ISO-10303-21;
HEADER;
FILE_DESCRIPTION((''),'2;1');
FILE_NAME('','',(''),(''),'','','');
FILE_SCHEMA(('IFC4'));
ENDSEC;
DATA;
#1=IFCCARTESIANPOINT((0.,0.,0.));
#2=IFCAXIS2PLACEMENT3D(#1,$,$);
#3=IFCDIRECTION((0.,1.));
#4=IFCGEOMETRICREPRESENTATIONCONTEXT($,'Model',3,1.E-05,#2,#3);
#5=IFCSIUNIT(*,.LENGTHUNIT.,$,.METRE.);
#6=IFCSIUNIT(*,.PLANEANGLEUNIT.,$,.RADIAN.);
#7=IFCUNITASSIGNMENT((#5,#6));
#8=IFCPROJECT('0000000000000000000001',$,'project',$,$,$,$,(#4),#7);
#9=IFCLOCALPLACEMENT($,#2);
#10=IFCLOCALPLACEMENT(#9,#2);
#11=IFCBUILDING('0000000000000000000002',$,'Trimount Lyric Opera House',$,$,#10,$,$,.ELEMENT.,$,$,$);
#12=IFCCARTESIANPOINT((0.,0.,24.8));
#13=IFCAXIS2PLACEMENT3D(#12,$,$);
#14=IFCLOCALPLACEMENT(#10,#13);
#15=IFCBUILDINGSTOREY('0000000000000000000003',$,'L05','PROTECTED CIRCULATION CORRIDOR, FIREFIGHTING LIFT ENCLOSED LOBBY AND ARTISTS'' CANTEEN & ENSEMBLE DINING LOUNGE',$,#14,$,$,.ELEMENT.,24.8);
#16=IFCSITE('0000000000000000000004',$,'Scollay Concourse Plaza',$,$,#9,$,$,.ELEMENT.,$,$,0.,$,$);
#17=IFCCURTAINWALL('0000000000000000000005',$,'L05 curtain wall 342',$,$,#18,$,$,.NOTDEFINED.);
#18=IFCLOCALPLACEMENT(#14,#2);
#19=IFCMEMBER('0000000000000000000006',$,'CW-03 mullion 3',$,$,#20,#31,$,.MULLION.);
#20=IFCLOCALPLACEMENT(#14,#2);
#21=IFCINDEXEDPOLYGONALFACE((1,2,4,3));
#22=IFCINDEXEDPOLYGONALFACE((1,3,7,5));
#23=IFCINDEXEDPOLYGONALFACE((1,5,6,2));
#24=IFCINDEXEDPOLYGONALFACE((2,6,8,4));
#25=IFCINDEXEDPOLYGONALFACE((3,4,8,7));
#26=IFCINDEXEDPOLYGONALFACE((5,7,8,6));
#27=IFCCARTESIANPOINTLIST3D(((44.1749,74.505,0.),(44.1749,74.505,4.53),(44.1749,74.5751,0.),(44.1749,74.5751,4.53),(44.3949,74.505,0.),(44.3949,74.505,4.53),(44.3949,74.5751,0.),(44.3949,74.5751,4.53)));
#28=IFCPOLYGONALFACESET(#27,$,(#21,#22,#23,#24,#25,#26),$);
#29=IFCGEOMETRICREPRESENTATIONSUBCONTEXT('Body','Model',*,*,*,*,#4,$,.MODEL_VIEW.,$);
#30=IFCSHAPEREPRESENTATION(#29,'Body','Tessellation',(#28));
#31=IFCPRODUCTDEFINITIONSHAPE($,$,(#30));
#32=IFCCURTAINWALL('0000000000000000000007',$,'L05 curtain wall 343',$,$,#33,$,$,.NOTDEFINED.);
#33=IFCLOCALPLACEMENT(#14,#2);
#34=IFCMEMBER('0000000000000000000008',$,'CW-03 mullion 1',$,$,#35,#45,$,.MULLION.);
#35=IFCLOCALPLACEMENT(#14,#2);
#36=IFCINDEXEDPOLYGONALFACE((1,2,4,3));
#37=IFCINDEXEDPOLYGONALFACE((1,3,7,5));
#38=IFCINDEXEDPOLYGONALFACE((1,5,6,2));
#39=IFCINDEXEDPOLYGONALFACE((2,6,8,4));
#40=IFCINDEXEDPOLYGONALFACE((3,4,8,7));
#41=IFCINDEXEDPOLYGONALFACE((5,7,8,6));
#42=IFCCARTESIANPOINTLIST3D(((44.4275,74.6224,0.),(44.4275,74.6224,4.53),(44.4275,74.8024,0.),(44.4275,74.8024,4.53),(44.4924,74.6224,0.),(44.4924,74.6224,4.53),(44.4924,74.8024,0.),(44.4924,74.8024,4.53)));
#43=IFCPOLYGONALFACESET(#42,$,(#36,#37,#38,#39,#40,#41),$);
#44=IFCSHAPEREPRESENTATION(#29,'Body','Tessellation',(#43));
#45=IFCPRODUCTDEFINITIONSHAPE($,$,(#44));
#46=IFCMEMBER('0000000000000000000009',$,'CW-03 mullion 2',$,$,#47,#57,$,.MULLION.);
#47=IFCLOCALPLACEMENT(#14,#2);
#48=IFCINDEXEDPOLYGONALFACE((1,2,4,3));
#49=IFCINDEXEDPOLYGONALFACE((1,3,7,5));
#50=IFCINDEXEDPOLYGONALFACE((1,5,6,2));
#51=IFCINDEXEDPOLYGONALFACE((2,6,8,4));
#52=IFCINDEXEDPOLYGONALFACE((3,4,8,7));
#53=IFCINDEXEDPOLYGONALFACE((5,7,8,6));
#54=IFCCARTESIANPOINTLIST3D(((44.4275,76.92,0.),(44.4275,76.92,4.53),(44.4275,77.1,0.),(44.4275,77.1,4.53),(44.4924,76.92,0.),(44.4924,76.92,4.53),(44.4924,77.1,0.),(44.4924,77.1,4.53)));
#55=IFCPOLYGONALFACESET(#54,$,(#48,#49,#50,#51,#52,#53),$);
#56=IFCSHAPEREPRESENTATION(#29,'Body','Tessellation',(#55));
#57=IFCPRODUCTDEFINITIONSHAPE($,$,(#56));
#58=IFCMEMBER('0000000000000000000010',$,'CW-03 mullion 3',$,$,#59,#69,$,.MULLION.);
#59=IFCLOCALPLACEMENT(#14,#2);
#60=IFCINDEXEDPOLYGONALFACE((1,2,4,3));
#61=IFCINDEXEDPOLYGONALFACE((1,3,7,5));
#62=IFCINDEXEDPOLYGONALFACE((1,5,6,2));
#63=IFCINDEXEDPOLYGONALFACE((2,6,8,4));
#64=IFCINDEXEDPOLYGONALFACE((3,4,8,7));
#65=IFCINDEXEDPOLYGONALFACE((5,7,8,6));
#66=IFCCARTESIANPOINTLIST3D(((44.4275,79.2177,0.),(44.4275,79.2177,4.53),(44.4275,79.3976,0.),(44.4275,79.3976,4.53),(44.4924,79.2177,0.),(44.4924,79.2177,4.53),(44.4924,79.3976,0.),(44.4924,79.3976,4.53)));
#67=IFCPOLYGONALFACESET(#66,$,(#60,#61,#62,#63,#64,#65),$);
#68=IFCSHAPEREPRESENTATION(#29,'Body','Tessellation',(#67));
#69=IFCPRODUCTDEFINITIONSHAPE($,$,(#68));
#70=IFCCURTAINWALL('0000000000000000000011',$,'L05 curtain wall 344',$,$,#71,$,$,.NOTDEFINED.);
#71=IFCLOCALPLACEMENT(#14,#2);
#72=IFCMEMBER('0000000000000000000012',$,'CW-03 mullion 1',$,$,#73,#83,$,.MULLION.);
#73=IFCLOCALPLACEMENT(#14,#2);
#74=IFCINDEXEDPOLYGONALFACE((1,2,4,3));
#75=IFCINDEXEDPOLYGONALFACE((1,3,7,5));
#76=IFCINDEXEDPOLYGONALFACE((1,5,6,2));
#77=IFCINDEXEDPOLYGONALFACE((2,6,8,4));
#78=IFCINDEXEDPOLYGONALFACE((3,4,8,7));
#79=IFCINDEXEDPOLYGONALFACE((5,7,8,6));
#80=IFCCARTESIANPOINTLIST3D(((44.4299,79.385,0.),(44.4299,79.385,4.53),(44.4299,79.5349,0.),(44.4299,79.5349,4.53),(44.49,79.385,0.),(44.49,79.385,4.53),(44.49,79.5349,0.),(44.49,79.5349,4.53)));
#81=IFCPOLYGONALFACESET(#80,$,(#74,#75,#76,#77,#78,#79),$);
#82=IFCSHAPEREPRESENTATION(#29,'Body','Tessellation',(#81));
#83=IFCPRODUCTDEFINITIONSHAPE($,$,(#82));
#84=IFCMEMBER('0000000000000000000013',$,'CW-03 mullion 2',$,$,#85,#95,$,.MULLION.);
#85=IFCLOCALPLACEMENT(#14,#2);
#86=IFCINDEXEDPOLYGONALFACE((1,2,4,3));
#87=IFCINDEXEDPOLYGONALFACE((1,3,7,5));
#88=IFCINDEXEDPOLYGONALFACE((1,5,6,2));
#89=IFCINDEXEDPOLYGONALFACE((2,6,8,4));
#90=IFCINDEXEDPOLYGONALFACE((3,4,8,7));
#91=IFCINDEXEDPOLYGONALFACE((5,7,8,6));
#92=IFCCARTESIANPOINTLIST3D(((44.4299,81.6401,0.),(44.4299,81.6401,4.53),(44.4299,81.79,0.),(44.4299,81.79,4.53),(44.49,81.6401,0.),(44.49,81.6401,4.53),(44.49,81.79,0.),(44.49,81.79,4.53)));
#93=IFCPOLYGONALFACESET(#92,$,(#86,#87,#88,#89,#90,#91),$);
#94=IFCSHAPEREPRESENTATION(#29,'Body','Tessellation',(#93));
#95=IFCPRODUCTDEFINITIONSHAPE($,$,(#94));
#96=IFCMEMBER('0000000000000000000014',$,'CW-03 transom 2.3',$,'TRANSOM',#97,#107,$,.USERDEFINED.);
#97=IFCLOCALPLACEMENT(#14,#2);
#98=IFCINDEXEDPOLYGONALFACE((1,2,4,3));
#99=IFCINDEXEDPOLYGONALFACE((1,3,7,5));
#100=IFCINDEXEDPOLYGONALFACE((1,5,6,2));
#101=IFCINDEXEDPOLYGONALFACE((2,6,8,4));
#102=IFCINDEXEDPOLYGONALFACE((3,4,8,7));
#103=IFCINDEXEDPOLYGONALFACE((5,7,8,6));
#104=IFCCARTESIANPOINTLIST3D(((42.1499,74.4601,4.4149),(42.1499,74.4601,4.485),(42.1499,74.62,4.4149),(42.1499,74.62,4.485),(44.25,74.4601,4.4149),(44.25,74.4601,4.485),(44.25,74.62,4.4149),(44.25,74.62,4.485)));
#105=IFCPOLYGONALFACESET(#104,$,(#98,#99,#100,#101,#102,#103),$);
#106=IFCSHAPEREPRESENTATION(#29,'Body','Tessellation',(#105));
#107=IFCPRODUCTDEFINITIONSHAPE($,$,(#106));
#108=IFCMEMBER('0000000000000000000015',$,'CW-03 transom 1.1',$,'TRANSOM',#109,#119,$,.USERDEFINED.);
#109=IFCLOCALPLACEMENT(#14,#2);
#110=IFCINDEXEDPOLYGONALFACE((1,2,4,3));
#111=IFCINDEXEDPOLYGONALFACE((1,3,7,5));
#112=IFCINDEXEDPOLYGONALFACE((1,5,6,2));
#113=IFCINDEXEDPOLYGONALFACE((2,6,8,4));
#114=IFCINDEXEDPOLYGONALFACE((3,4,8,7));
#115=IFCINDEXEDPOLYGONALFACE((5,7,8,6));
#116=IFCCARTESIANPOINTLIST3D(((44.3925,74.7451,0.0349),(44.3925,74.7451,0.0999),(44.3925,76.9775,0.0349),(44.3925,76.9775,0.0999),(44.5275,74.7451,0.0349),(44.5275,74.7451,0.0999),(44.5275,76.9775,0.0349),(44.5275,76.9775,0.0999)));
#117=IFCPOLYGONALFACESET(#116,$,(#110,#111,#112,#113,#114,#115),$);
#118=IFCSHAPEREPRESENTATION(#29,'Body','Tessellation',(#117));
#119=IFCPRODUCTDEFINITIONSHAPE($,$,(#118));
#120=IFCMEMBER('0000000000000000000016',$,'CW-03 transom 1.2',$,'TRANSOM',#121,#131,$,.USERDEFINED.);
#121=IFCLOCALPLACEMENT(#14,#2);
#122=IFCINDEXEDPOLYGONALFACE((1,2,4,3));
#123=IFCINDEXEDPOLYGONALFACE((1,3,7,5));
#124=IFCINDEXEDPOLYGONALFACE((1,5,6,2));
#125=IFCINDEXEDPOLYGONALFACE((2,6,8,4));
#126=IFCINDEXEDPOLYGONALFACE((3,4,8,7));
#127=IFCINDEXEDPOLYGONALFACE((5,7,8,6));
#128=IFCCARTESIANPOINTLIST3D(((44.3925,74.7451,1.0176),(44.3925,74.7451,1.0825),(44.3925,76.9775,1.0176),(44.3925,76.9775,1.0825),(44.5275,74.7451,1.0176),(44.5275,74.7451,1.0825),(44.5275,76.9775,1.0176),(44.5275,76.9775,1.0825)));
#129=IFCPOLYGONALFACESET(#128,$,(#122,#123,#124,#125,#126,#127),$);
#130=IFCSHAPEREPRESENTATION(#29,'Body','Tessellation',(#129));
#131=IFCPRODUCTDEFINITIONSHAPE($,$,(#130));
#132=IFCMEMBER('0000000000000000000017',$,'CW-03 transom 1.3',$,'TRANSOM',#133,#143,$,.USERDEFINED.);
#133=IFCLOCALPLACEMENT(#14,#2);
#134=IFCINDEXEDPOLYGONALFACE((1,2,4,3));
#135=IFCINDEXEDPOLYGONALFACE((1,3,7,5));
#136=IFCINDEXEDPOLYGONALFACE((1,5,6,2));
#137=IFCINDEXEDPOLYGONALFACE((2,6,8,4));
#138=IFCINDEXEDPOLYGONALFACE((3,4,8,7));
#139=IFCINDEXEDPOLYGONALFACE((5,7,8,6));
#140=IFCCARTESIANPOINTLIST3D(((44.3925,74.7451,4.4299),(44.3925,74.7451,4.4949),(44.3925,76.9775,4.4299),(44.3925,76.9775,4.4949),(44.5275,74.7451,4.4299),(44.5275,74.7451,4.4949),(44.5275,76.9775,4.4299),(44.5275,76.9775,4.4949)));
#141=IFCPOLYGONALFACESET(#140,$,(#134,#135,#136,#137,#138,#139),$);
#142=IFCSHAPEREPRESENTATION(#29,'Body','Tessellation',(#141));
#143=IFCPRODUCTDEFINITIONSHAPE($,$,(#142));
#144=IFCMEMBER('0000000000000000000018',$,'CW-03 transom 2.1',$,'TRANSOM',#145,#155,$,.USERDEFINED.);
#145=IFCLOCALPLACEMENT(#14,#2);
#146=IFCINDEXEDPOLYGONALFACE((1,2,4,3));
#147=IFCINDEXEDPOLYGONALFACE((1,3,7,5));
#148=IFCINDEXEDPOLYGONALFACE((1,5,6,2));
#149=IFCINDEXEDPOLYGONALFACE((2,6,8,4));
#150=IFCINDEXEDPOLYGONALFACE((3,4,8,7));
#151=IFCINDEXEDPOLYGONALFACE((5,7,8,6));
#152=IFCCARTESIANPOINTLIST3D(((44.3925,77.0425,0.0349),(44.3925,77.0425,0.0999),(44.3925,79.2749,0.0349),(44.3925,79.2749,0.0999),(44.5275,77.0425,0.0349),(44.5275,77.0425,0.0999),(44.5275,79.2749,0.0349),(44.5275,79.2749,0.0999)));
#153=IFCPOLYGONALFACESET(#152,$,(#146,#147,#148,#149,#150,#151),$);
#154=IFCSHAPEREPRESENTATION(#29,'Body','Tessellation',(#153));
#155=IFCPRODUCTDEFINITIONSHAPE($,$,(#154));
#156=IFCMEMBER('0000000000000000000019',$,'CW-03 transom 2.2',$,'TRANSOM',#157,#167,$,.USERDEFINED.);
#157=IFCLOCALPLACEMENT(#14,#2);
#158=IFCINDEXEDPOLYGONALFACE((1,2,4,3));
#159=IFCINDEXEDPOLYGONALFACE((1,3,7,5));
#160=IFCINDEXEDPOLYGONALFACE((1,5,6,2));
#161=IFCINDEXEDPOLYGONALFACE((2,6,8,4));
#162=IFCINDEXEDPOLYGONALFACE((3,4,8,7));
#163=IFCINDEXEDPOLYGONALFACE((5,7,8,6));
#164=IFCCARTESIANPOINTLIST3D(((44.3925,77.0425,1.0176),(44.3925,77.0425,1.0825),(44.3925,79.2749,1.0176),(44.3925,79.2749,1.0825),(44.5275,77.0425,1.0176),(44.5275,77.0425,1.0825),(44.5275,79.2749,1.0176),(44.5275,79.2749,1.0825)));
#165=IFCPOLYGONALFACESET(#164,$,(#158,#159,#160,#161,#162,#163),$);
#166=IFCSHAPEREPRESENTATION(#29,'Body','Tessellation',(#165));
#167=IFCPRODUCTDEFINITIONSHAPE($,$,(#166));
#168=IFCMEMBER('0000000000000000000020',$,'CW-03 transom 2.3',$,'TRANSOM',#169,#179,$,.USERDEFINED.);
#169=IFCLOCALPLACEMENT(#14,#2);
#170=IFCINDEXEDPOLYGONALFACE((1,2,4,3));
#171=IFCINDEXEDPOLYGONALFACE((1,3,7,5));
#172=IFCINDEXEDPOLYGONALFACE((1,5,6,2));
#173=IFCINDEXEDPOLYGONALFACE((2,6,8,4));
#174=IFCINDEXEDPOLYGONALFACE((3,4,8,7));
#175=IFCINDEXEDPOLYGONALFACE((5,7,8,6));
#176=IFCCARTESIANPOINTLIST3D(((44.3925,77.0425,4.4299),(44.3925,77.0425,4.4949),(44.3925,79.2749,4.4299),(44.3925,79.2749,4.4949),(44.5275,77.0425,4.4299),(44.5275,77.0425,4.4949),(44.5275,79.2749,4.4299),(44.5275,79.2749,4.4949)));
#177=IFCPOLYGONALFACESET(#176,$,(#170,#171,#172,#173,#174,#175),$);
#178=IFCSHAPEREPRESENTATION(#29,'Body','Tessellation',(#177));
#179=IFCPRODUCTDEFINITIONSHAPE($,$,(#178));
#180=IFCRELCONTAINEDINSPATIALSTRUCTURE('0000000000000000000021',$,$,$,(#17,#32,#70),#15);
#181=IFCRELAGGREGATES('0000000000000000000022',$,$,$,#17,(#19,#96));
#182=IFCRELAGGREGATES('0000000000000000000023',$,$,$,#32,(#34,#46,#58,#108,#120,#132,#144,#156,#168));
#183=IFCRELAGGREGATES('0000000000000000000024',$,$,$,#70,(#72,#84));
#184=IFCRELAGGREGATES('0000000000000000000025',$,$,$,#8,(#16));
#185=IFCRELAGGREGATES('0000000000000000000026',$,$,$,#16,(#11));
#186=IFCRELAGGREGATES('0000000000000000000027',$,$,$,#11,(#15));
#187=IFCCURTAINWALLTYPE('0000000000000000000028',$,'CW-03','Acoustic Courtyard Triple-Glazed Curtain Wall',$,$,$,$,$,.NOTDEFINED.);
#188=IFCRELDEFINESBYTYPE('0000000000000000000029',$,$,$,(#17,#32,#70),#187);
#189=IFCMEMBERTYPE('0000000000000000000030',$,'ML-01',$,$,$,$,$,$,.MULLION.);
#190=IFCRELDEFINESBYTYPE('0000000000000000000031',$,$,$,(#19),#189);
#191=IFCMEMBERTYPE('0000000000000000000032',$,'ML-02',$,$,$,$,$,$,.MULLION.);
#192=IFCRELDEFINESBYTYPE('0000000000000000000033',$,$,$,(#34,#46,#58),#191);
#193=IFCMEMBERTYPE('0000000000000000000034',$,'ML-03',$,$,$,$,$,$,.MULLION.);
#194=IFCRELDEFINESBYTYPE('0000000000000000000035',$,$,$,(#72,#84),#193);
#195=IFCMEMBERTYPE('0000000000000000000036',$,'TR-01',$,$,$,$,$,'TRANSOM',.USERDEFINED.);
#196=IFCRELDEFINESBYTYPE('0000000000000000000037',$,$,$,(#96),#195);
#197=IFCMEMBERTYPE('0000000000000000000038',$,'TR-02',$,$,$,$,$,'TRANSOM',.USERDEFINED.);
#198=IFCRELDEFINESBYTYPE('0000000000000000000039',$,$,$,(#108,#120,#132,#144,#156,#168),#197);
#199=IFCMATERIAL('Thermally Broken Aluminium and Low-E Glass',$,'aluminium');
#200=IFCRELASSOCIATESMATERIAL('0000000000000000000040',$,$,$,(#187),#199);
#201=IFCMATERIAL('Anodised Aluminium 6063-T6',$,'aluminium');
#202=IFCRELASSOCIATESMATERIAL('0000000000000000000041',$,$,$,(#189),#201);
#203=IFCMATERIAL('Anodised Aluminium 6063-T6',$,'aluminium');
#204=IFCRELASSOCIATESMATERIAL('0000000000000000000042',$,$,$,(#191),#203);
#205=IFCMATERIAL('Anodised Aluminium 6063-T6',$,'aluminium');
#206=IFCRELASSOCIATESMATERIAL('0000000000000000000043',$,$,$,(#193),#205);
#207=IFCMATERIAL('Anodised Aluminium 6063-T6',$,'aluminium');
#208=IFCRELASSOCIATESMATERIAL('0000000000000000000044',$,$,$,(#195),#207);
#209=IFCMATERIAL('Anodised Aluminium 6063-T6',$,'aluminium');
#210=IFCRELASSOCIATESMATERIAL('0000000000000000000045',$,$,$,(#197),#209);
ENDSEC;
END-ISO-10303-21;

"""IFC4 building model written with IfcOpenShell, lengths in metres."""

from ifc_helpers import new_model, si_unit, direction, frame, origin, origin_2d, place, context, subcontext, project, spatial, rectangle, extrude, material, material_profile, profile_set, type_object, element, aggregate, save


model = new_model("IFC4")

# Units and contexts
model_context = context("Model", 3, precision=1e-05, world=origin(), true_north=direction((0.0, 1.0)))
body_context = subcontext(model_context, "Body", "Model", "MODEL_VIEW")
ifc_project = project(units=[si_unit("LENGTHUNIT", "METRE"), si_unit("PLANEANGLEUNIT", "RADIAN")], contexts=[model_context])

# Site, building, storey
site_placement = place(None, origin())
site = spatial("IfcSite", under=ifc_project, at=site_placement, Name="Scollay Concourse Plaza", CompositionType="ELEMENT", RefElevation=0.0)
building_placement = place(site_placement, origin())
building = spatial("IfcBuilding", under=site, at=building_placement, Name="Trimount Lyric Opera House", CompositionType="ELEMENT")
storey_placement = place(building_placement, frame((0.0, 0.0, 24.8)))
storey = spatial("IfcBuildingStorey", under=building, at=storey_placement, Name="L05", Description="PROTECTED CIRCULATION CORRIDOR, FIREFIGHTING LIFT ENCLOSED LOBBY AND ARTISTS' CANTEEN & ENSEMBLE DINING LOUNGE", CompositionType="ELEMENT", Elevation=24.8)

# Curtain wall, member
ifc_material_1 = material(Name="Thermally Broken Aluminium and Low-E Glass", Category="aluminium")
curtain_wall_type = type_object("IfcCurtainWallType", Name="CW-03", Description="Acoustic Courtyard Triple-Glazed Curtain Wall", PredefinedType="NOTDEFINED", material=ifc_material_1)
curtain_wall_1_placement = place(storey_placement, origin())
curtain_wall_1 = element("IfcCurtainWall", 1, at=curtain_wall_1_placement, inside=storey, type_object=curtain_wall_type, Name="L05 curtain wall 342", PredefinedType="NOTDEFINED")
ifc_material_2 = material(Name="Anodised Aluminium 6063-T6", Category="aluminium")
ifc_material_profile_1 = material_profile(ifc_material_2, rectangle(XDim=0.0701, YDim=0.22, at=origin_2d()), Name="ALU-MULL-70X220")
ifc_profile_set_1 = profile_set([ifc_material_profile_1], Name="Anodised Aluminium 6063-T6")
member_type_1 = type_object("IfcMemberType", Name="ML-01", PredefinedType="MULLION", material=ifc_profile_set_1)
member_1_placement = place(storey_placement, frame((44.2849, 74.54, 0.0), z_axis=(0.0, 0.0, 1.0), x_axis=(0.0, 1.0, 0.0)))
member_1 = element("IfcMember", 2, at=member_1_placement, type_object=member_type_1, Name="CW-03 mullion 3", PredefinedType="MULLION", context=body_context, shape_type="SweptSolid", body=[
    extrude(rectangle(XDim=0.0701, YDim=0.22, at=origin_2d()), origin(), (0.0, 0.0, 1.0), 4.53),
])

# Curtain walls, members
curtain_wall_2_placement = place(storey_placement, origin())
curtain_wall_2 = element("IfcCurtainWall", 3, at=curtain_wall_2_placement, inside=storey, type_object=curtain_wall_type, Name="L05 curtain wall 343", PredefinedType="NOTDEFINED")
ifc_material_3 = material(Name="Anodised Aluminium 6063-T6", Category="aluminium")
ifc_material_profile_2 = material_profile(ifc_material_3, rectangle(XDim=0.0649, YDim=0.1799, at=origin_2d()), Name="ALU-MULL-65X180")
ifc_profile_set_2 = profile_set([ifc_material_profile_2], Name="Anodised Aluminium 6063-T6")
member_type_2 = type_object("IfcMemberType", Name="ML-02", PredefinedType="MULLION", material=ifc_profile_set_2)
member_2_placement = place(storey_placement, frame((44.46, 74.7124, 0.0), z_axis=(0.0, 0.0, 1.0), x_axis=(-1.0, 0.0, 0.0)))
member_2 = element("IfcMember", 4, at=member_2_placement, type_object=member_type_2, Name="CW-03 mullion 1", PredefinedType="MULLION", context=body_context, shape_type="SweptSolid", body=[
    extrude(rectangle(XDim=0.0649, YDim=0.1799, at=origin_2d()), origin(), (0.0, 0.0, 1.0), 4.53),
])
member_3_placement = place(storey_placement, frame((44.46, 77.01, 0.0), z_axis=(0.0, 0.0, 1.0), x_axis=(-1.0, 0.0, 0.0)))
member_3 = element("IfcMember", 5, at=member_3_placement, type_object=member_type_2, Name="CW-03 mullion 2", PredefinedType="MULLION", context=body_context, shape_type="SweptSolid", body=[
    extrude(rectangle(XDim=0.0649, YDim=0.1799, at=origin_2d()), origin(), (0.0, 0.0, 1.0), 4.53),
])
member_4_placement = place(storey_placement, frame((44.46, 79.3076, 0.0), z_axis=(0.0, 0.0, 1.0), x_axis=(-1.0, 0.0, 0.0)))
member_4 = element("IfcMember", 6, at=member_4_placement, type_object=member_type_2, Name="CW-03 mullion 3", PredefinedType="MULLION", context=body_context, shape_type="SweptSolid", body=[
    extrude(rectangle(XDim=0.0649, YDim=0.1799, at=origin_2d()), origin(), (0.0, 0.0, 1.0), 4.53),
])
curtain_wall_3_placement = place(storey_placement, origin())
curtain_wall_3 = element("IfcCurtainWall", 7, at=curtain_wall_3_placement, inside=storey, type_object=curtain_wall_type, Name="L05 curtain wall 344", PredefinedType="NOTDEFINED")
ifc_material_4 = material(Name="Anodised Aluminium 6063-T6", Category="aluminium")
ifc_material_profile_3 = material_profile(ifc_material_4, rectangle(XDim=0.0601, YDim=0.1499, at=origin_2d()), Name="ALU-MULL-60X150")
ifc_profile_set_3 = profile_set([ifc_material_profile_3], Name="Anodised Aluminium 6063-T6")
member_type_3 = type_object("IfcMemberType", Name="ML-03", PredefinedType="MULLION", material=ifc_profile_set_3)
member_5_placement = place(storey_placement, frame((44.46, 79.46, 0.0), z_axis=(0.0, 0.0, 1.0), x_axis=(-1.0, 0.0, 0.0)))
member_5 = element("IfcMember", 8, at=member_5_placement, type_object=member_type_3, Name="CW-03 mullion 1", PredefinedType="MULLION", context=body_context, shape_type="SweptSolid", body=[
    extrude(rectangle(XDim=0.0601, YDim=0.1499, at=origin_2d()), origin(), (0.0, 0.0, 1.0), 4.53),
])
member_6_placement = place(storey_placement, frame((44.46, 81.7151, 0.0), z_axis=(0.0, 0.0, 1.0), x_axis=(-1.0, 0.0, 0.0)))
member_6 = element("IfcMember", 9, at=member_6_placement, type_object=member_type_3, Name="CW-03 mullion 2", PredefinedType="MULLION", context=body_context, shape_type="SweptSolid", body=[
    extrude(rectangle(XDim=0.0601, YDim=0.1499, at=origin_2d()), origin(), (0.0, 0.0, 1.0), 4.53),
])

# Members
ifc_material_5 = material(Name="Anodised Aluminium 6063-T6", Category="aluminium")
ifc_material_profile_4 = material_profile(ifc_material_5, rectangle(XDim=0.1599, YDim=0.0701, at=origin_2d()), Name="ALU-TRAN-70X160")
ifc_profile_set_4 = profile_set([ifc_material_profile_4], Name="Anodised Aluminium 6063-T6")
member_type_4 = type_object("IfcMemberType", Name="TR-01", ElementType="TRANSOM", PredefinedType="USERDEFINED", material=ifc_profile_set_4)
member_7_placement = place(storey_placement, frame((42.1499, 74.54, 4.45), z_axis=(1.0, 0.0, 0.0), x_axis=(0.0, 1.0, 0.0)))
member_7 = element("IfcMember", 10, at=member_7_placement, type_object=member_type_4, Name="CW-03 transom 2.3", ObjectType="TRANSOM", PredefinedType="USERDEFINED", context=body_context, shape_type="SweptSolid", body=[
    extrude(rectangle(XDim=0.1599, YDim=0.0701, at=origin_2d()), origin(), (0.0, 0.0, 1.0), 2.1001),
])
ifc_material_6 = material(Name="Anodised Aluminium 6063-T6", Category="aluminium")
ifc_material_profile_5 = material_profile(ifc_material_6, rectangle(XDim=0.135, YDim=0.0649, at=origin_2d()), Name="ALU-TRAN-65X135")
ifc_profile_set_5 = profile_set([ifc_material_profile_5], Name="Anodised Aluminium 6063-T6")
member_type_5 = type_object("IfcMemberType", Name="TR-02", ElementType="TRANSOM", PredefinedType="USERDEFINED", material=ifc_profile_set_5)
member_8_placement = place(storey_placement, frame((44.46, 74.7451, 0.0674), z_axis=(0.0, 1.0, 0.0), x_axis=(-1.0, 0.0, 0.0)))
member_8 = element("IfcMember", 11, at=member_8_placement, type_object=member_type_5, Name="CW-03 transom 1.1", ObjectType="TRANSOM", PredefinedType="USERDEFINED", context=body_context, shape_type="SweptSolid", body=[
    extrude(rectangle(XDim=0.135, YDim=0.0649, at=origin_2d()), origin(), (0.0, 0.0, 1.0), 2.2324),
])
member_9_placement = place(storey_placement, frame((44.46, 74.7451, 1.05), z_axis=(0.0, 1.0, 0.0), x_axis=(-1.0, 0.0, 0.0)))
member_9 = element("IfcMember", 12, at=member_9_placement, type_object=member_type_5, Name="CW-03 transom 1.2", ObjectType="TRANSOM", PredefinedType="USERDEFINED", context=body_context, shape_type="SweptSolid", body=[
    extrude(rectangle(XDim=0.135, YDim=0.0649, at=origin_2d()), origin(), (0.0, 0.0, 1.0), 2.2324),
])
member_10_placement = place(storey_placement, frame((44.46, 74.7451, 4.4624), z_axis=(0.0, 1.0, 0.0), x_axis=(-1.0, 0.0, 0.0)))
member_10 = element("IfcMember", 13, at=member_10_placement, type_object=member_type_5, Name="CW-03 transom 1.3", ObjectType="TRANSOM", PredefinedType="USERDEFINED", context=body_context, shape_type="SweptSolid", body=[
    extrude(rectangle(XDim=0.135, YDim=0.0649, at=origin_2d()), origin(), (0.0, 0.0, 1.0), 2.2324),
])
member_11_placement = place(storey_placement, frame((44.46, 77.0425, 0.0674), z_axis=(0.0, 1.0, 0.0), x_axis=(-1.0, 0.0, 0.0)))
member_11 = element("IfcMember", 14, at=member_11_placement, type_object=member_type_5, Name="CW-03 transom 2.1", ObjectType="TRANSOM", PredefinedType="USERDEFINED", context=body_context, shape_type="SweptSolid", body=[
    extrude(rectangle(XDim=0.135, YDim=0.0649, at=origin_2d()), origin(), (0.0, 0.0, 1.0), 2.2324),
])
member_12_placement = place(storey_placement, frame((44.46, 77.0425, 1.05), z_axis=(0.0, 1.0, 0.0), x_axis=(-1.0, 0.0, 0.0)))
member_12 = element("IfcMember", 15, at=member_12_placement, type_object=member_type_5, Name="CW-03 transom 2.2", ObjectType="TRANSOM", PredefinedType="USERDEFINED", context=body_context, shape_type="SweptSolid", body=[
    extrude(rectangle(XDim=0.135, YDim=0.0649, at=origin_2d()), origin(), (0.0, 0.0, 1.0), 2.2324),
])
member_13_placement = place(storey_placement, frame((44.46, 77.0425, 4.4624), z_axis=(0.0, 1.0, 0.0), x_axis=(-1.0, 0.0, 0.0)))
member_13 = element("IfcMember", 16, at=member_13_placement, type_object=member_type_5, Name="CW-03 transom 2.3", ObjectType="TRANSOM", PredefinedType="USERDEFINED", context=body_context, shape_type="SweptSolid", body=[
    extrude(rectangle(XDim=0.135, YDim=0.0649, at=origin_2d()), origin(), (0.0, 0.0, 1.0), 2.2324),
])

aggregate(curtain_wall_1, [member_1, member_7])
aggregate(curtain_wall_2, [member_2, member_3, member_4, member_8, member_9, member_10, member_11, member_12, member_13])
aggregate(curtain_wall_3, [member_5, member_6])

save(model, "model.ifc")
